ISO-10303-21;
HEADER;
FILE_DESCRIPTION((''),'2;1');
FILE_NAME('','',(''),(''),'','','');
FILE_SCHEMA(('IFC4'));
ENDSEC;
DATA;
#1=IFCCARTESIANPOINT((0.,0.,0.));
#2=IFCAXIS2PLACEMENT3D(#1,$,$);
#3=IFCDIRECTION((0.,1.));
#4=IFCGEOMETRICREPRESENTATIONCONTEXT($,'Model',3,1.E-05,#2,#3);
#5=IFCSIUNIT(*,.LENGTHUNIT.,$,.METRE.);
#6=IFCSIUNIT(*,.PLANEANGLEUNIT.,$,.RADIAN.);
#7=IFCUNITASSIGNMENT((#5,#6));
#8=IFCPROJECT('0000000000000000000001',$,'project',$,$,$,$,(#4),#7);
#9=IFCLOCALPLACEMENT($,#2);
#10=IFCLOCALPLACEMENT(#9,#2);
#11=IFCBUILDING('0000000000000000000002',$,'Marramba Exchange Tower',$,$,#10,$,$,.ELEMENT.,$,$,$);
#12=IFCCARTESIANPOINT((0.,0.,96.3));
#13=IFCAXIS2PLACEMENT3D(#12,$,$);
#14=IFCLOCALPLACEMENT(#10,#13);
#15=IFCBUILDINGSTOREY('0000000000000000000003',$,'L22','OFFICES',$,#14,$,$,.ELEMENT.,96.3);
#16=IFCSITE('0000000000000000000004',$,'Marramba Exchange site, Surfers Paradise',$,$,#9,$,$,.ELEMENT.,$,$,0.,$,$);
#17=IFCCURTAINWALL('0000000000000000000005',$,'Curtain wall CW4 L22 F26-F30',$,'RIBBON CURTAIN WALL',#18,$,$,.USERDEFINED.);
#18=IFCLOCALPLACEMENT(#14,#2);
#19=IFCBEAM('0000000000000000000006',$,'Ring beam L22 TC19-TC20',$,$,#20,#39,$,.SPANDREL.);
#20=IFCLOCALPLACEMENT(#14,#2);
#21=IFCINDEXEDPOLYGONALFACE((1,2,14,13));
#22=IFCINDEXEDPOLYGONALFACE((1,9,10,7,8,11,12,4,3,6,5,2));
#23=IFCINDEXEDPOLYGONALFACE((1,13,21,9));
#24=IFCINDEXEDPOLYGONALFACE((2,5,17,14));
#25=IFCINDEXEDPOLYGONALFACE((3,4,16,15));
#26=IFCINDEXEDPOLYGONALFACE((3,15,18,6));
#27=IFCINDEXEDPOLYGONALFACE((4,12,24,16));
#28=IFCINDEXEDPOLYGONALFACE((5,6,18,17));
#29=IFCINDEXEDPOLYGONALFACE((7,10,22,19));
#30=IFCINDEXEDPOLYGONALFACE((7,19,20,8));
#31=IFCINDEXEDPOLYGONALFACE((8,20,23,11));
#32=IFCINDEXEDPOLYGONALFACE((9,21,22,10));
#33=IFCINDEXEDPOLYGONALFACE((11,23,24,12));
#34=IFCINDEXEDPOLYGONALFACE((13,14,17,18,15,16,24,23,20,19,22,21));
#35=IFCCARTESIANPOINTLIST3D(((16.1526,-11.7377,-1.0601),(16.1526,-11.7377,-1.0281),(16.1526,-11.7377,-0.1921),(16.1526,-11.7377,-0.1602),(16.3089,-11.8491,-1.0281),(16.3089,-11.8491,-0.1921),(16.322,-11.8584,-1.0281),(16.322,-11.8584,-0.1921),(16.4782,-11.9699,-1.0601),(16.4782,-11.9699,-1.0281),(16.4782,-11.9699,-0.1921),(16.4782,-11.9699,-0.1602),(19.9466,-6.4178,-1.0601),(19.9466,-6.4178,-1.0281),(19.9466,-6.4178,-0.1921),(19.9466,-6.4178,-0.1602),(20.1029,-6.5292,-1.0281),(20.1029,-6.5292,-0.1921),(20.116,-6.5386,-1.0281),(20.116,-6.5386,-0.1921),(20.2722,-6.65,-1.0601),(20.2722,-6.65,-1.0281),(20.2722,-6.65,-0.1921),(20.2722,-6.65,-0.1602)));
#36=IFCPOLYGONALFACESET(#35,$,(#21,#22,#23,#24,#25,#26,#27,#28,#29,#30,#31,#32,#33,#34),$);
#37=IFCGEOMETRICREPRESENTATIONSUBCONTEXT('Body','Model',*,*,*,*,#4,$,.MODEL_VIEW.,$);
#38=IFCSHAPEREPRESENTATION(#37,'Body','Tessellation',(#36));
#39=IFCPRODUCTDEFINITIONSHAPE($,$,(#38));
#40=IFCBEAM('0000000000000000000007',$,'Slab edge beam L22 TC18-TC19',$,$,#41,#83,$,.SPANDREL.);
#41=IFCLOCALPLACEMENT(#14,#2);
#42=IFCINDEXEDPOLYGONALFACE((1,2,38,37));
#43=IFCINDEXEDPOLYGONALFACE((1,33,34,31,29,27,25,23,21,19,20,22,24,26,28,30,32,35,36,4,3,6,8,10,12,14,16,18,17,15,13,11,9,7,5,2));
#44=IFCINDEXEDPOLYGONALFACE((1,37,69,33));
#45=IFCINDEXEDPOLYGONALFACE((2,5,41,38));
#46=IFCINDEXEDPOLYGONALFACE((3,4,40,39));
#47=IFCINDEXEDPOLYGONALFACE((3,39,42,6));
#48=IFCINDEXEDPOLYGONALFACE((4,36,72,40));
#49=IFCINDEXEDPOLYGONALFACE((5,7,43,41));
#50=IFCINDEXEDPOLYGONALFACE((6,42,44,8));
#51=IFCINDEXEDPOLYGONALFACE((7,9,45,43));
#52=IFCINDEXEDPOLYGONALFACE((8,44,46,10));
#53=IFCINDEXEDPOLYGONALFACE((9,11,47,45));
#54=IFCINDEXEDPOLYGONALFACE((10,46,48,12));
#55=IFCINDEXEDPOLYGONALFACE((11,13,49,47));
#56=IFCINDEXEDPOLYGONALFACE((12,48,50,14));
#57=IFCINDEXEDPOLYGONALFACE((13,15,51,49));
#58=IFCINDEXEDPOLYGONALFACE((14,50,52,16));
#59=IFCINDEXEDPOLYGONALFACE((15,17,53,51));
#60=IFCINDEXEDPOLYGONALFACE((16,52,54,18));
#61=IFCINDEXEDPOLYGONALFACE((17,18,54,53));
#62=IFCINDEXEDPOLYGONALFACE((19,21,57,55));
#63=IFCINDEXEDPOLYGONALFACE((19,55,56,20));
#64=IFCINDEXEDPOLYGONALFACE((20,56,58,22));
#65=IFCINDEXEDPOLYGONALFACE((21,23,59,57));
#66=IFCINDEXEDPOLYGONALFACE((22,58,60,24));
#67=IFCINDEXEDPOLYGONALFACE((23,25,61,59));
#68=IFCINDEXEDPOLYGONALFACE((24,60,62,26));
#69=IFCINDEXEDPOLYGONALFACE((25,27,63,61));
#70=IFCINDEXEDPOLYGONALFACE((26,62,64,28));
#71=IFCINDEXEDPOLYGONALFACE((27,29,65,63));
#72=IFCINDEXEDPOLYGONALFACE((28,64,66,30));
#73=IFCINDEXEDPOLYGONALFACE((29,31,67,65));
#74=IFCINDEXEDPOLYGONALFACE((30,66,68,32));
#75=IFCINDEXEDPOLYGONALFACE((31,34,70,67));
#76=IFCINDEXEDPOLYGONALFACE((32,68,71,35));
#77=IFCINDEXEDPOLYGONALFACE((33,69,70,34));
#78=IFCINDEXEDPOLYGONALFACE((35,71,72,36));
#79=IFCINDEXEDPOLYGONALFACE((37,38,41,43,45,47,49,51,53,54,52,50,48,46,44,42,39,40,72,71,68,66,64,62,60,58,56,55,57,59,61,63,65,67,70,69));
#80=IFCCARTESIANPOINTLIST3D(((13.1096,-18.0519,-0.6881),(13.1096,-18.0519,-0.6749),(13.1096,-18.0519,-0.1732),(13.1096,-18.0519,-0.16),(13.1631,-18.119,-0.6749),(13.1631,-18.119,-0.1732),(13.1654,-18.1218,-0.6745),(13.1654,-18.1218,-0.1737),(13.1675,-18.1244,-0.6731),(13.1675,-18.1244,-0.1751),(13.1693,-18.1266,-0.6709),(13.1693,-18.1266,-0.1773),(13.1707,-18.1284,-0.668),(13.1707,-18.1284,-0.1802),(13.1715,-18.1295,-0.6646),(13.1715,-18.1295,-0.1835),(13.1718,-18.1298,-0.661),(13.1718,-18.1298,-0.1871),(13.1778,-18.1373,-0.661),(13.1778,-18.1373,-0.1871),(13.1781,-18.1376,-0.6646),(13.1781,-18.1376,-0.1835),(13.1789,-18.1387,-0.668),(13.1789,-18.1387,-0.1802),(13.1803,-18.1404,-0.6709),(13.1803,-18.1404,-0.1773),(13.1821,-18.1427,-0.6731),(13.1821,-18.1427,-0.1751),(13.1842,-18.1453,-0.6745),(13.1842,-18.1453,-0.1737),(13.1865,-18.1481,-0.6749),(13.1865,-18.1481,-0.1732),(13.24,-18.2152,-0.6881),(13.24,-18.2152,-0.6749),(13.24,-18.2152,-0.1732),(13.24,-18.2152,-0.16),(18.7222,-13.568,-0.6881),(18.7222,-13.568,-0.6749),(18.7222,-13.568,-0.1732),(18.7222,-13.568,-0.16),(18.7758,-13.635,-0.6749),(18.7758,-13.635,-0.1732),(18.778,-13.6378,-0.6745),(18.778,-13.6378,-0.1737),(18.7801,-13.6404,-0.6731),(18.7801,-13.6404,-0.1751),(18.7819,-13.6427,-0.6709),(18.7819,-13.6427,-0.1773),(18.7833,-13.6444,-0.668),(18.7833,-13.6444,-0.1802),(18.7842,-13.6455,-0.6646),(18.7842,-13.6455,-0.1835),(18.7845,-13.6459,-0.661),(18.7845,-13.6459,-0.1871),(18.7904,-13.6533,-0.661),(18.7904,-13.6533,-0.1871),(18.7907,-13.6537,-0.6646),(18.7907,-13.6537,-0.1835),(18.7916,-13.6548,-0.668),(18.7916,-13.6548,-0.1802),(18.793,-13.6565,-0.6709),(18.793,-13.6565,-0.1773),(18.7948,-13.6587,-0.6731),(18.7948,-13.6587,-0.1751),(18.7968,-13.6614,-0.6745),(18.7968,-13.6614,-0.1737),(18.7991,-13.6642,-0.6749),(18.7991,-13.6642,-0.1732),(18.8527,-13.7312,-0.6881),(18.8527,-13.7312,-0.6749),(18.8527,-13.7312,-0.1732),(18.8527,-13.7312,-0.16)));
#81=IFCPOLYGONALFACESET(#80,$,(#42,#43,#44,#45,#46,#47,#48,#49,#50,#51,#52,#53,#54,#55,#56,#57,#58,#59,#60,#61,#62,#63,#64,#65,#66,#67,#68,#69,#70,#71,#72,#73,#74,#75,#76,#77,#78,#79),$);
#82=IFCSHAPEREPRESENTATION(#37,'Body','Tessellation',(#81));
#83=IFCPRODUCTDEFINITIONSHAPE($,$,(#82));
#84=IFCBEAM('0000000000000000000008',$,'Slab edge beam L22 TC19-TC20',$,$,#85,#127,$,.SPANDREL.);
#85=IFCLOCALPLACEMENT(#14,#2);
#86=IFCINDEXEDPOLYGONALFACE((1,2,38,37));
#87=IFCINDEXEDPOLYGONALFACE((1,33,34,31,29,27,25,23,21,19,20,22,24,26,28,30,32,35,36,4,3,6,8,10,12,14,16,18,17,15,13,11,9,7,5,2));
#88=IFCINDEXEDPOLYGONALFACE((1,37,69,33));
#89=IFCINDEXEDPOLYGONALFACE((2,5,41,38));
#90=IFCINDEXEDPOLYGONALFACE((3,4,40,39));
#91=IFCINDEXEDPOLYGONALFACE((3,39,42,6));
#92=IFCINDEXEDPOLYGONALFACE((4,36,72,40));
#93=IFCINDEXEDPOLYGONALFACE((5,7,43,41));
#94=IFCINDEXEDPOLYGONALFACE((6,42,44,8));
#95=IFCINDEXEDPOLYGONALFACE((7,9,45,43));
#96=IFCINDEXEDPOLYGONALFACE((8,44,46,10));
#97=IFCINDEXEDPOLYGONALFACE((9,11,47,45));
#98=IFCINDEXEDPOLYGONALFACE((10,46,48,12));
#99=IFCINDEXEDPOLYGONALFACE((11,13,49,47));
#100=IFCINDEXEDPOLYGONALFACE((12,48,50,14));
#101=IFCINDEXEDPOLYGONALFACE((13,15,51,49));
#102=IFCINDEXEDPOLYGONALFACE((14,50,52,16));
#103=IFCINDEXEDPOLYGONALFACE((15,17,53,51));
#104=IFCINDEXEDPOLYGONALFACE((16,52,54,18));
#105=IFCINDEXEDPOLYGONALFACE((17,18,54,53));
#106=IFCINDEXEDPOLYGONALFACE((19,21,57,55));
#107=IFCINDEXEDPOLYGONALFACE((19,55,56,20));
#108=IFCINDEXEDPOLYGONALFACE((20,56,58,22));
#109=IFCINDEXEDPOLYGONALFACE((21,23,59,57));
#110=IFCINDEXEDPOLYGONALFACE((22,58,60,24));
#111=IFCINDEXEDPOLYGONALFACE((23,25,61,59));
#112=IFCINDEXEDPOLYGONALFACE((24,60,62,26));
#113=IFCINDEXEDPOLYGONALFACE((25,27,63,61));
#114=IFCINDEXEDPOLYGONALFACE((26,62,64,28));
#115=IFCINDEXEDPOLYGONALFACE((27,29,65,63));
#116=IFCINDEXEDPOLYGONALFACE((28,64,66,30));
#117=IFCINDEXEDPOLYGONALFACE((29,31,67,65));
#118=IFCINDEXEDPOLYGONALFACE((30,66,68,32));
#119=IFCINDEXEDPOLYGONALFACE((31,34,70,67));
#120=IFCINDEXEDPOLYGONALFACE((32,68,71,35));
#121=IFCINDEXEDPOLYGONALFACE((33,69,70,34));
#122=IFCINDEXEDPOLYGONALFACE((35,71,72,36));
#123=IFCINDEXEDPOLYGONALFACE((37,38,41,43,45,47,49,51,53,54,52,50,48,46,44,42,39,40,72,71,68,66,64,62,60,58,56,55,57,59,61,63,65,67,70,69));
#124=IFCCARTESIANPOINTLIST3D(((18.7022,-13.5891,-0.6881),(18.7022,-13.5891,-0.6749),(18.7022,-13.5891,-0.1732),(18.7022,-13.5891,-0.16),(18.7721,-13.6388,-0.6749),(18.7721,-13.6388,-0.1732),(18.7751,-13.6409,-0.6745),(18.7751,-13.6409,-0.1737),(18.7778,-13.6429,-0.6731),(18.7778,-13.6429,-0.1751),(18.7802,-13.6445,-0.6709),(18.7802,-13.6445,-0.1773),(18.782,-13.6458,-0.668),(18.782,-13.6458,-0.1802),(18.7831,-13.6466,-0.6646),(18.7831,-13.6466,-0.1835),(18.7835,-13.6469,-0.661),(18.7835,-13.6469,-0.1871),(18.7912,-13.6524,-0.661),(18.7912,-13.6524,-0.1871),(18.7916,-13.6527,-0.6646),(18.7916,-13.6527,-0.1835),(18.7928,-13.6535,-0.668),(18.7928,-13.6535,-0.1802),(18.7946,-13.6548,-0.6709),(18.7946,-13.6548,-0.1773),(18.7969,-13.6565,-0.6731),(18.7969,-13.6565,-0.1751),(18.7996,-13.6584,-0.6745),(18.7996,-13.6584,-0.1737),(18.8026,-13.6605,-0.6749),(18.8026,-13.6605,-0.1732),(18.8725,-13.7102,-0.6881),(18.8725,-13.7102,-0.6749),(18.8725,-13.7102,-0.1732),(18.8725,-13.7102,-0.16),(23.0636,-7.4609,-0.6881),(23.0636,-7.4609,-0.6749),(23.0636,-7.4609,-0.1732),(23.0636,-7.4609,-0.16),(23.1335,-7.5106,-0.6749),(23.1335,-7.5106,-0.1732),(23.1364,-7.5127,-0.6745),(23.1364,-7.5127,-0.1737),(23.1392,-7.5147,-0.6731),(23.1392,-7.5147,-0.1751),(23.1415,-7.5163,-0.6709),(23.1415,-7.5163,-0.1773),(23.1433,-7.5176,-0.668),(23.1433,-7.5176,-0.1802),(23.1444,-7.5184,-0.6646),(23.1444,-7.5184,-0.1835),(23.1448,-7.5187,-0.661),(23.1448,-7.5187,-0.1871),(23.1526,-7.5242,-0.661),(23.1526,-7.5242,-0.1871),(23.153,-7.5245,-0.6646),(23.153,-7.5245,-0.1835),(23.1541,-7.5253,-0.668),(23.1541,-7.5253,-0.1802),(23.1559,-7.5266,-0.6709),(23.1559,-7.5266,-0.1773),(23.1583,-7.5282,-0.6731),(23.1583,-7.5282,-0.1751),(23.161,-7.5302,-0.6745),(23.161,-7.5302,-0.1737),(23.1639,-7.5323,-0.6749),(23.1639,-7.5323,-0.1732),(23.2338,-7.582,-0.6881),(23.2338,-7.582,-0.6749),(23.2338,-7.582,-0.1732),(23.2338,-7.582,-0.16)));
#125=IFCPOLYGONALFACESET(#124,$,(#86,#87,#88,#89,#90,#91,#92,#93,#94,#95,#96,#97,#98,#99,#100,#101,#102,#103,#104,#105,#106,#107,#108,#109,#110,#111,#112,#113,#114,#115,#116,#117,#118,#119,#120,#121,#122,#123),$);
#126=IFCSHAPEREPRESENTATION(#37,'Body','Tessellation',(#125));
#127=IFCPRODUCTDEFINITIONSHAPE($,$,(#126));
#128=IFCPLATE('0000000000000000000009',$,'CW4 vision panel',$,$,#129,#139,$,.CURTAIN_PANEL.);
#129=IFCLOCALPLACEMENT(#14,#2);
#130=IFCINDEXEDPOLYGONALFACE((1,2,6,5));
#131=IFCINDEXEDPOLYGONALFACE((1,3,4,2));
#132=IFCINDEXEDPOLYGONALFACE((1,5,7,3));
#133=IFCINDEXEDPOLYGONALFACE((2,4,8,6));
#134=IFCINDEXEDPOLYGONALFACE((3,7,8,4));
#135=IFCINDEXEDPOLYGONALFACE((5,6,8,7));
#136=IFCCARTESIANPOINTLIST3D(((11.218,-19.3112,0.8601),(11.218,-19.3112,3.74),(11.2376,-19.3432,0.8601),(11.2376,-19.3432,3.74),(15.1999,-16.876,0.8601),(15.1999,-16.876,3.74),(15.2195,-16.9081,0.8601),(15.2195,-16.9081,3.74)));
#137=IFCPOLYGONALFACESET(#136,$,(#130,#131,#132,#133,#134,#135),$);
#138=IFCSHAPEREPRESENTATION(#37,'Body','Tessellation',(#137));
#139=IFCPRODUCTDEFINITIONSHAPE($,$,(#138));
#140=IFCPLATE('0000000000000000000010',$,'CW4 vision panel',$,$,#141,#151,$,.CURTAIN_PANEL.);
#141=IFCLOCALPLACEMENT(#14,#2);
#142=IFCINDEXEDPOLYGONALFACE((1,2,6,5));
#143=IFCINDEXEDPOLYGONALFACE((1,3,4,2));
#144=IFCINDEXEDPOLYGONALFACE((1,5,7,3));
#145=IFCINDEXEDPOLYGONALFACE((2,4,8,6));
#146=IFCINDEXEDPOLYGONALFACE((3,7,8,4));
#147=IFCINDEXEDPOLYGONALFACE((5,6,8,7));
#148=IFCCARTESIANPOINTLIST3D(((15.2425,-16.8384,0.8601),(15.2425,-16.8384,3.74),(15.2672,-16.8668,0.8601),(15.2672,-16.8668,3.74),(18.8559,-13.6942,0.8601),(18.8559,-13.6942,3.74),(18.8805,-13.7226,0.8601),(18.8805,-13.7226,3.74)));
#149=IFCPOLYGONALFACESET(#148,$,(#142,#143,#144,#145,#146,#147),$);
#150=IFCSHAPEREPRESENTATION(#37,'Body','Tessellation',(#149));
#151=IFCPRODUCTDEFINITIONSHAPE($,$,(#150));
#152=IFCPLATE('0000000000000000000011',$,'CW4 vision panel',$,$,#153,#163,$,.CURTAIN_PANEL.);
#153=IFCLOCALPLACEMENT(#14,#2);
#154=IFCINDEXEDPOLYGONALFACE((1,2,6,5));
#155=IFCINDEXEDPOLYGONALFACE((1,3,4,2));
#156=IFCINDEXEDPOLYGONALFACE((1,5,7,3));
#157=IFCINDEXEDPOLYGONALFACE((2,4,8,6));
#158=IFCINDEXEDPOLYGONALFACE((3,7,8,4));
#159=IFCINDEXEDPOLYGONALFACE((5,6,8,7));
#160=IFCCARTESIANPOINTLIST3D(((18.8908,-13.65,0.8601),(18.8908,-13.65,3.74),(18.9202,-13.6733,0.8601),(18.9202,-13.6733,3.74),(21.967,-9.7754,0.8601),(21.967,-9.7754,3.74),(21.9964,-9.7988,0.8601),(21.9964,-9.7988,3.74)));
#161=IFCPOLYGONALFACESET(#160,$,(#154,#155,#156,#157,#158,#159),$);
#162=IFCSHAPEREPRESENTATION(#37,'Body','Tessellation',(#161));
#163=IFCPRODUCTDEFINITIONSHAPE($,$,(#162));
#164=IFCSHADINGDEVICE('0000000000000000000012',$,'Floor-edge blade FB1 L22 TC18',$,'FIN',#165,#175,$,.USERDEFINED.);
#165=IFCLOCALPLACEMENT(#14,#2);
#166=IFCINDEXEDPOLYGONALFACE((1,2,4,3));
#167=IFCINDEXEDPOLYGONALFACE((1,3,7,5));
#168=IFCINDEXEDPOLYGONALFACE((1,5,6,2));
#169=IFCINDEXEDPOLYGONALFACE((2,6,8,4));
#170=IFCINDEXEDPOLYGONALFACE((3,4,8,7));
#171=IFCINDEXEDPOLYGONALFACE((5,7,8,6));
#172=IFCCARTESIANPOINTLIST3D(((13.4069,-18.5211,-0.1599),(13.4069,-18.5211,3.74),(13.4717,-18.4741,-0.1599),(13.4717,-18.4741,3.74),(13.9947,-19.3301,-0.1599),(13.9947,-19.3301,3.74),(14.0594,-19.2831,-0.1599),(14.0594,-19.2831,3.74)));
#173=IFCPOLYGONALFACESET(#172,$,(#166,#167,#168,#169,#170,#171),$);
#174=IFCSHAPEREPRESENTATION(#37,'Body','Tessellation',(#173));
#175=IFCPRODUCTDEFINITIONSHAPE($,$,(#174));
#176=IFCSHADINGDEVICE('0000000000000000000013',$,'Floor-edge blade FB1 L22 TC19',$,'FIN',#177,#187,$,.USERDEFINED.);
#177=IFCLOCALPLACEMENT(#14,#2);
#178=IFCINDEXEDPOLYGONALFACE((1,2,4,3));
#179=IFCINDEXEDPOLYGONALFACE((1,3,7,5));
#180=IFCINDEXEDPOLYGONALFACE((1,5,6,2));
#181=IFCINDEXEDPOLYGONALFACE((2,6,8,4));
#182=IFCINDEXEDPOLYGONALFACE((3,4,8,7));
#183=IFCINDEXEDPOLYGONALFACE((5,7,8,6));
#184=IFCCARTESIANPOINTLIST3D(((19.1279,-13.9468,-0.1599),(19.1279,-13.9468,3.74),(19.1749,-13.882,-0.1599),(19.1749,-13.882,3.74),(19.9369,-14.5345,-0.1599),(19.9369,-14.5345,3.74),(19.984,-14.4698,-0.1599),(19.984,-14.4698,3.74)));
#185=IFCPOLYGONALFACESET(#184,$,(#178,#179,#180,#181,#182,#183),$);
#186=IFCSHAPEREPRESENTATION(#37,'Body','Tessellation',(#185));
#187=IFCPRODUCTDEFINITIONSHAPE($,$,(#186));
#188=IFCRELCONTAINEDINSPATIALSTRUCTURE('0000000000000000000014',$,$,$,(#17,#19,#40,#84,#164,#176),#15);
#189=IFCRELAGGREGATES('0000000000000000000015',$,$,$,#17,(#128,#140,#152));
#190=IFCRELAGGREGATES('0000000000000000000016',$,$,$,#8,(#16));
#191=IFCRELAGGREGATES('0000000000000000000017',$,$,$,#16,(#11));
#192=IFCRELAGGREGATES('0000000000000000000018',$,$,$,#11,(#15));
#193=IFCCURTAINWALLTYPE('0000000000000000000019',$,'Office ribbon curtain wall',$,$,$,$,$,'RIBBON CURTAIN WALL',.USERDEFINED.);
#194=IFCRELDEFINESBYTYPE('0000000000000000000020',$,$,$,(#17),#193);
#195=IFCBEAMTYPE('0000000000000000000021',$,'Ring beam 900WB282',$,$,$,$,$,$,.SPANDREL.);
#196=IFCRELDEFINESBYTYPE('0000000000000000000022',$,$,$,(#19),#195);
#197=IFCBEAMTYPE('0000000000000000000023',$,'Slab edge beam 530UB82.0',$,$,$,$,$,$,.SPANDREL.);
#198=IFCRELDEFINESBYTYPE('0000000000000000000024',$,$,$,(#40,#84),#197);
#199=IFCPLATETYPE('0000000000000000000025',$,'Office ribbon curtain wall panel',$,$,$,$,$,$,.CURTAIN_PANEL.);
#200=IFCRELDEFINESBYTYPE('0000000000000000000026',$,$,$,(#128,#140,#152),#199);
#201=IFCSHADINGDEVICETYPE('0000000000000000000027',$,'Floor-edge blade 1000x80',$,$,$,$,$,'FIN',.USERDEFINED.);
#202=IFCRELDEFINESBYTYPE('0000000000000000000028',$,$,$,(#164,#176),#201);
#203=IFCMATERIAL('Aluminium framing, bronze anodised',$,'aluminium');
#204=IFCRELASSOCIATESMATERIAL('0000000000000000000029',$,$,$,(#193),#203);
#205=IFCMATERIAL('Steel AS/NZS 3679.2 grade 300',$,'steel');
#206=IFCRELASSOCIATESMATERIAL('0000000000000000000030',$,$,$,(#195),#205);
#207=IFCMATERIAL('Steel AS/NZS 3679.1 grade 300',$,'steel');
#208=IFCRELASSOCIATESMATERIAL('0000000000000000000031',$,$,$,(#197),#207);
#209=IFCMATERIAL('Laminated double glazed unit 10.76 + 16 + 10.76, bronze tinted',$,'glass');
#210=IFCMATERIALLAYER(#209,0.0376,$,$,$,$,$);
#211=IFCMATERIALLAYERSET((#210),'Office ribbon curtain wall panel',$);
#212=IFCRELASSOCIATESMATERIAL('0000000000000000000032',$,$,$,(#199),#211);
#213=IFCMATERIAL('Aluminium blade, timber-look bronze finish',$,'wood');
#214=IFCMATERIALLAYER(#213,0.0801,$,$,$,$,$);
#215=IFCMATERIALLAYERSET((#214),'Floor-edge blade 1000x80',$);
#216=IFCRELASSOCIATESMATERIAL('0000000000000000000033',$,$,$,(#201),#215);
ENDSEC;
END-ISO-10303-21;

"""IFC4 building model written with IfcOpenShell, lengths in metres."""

from ifc_helpers import new_model, si_unit, direction, frame, origin, origin_2d, place, context, subcontext, project, spatial, rectangle, i_section, extrude, material, layer, layer_set, material_profile, profile_set, type_object, element, aggregate, save


model = new_model("IFC4")

# Units and contexts
model_context = context("Model", 3, precision=1e-05, world=origin(), true_north=direction((0.0, 1.0)))
body_context = subcontext(model_context, "Body", "Model", "MODEL_VIEW")
ifc_project = project(units=[si_unit("LENGTHUNIT", "METRE"), si_unit("PLANEANGLEUNIT", "RADIAN")], contexts=[model_context])

# Site, building, storey
site_placement = place(None, origin())
site = spatial("IfcSite", under=ifc_project, at=site_placement, Name="Marramba Exchange site, Surfers Paradise", CompositionType="ELEMENT", RefElevation=0.0)
building_placement = place(site_placement, origin())
building = spatial("IfcBuilding", under=site, at=building_placement, Name="Marramba Exchange Tower", CompositionType="ELEMENT")
storey_placement = place(building_placement, frame((0.0, 0.0, 96.3)))
storey = spatial("IfcBuildingStorey", under=building, at=storey_placement, Name="L22", Description="OFFICES", CompositionType="ELEMENT", Elevation=96.3)

# Shared definitions
ifc_material_1 = material(Name="Steel AS/NZS 3679.2 grade 300", Category="steel")

# Curtain wall
ifc_material_2 = material(Name="Aluminium framing, bronze anodised", Category="aluminium")
curtain_wall_type = type_object("IfcCurtainWallType", Name="Office ribbon curtain wall", ElementType="RIBBON CURTAIN WALL", PredefinedType="USERDEFINED", material=ifc_material_2)
curtain_wall_placement = place(storey_placement, origin())
curtain_wall = element("IfcCurtainWall", 1, at=curtain_wall_placement, inside=storey, type_object=curtain_wall_type, Name="Curtain wall CW4 L22 F26-F30", ObjectType="RIBBON CURTAIN WALL", PredefinedType="USERDEFINED")

# Beams
ifc_material_profile_1 = material_profile(ifc_material_1, i_section(OverallWidth=0.3999, OverallDepth=0.8999, WebThickness=0.0161, FlangeThickness=0.032, at=origin_2d()), Name="900WB282")
ifc_profile_set_1 = profile_set([ifc_material_profile_1], Name="Steel AS/NZS 3679.2 grade 300")
beam_type_1 = type_object("IfcBeamType", Name="Ring beam 900WB282", PredefinedType="SPANDREL", material=ifc_profile_set_1)
beam_1_placement = place(storey_placement, frame((16.3154, -11.8538, -0.6101), z_axis=(0.580637, 0.814162, 0.0), x_axis=(-0.814162, 0.580637, 0.0)))
element("IfcBeam", 2, at=beam_1_placement, inside=storey, type_object=beam_type_1, Name="Ring beam L22 TC19-TC20", PredefinedType="SPANDREL", context=body_context, shape_type="SweptSolid", body=[
    extrude(i_section(OverallWidth=0.3999, OverallDepth=0.8999, WebThickness=0.0161, FlangeThickness=0.032, at=origin_2d()), origin(), (0.0, 0.0, 1.0), 6.5342),
])
ifc_material_3 = material(Name="Steel AS/NZS 3679.1 grade 300", Category="steel")
ifc_material_profile_2 = material_profile(ifc_material_3, i_section(OverallWidth=0.209, OverallDepth=0.5281, WebThickness=0.0095, FlangeThickness=0.0132, FilletRadius=0.0139, at=origin_2d()), Name="530UB82.0")
ifc_profile_set_2 = profile_set([ifc_material_profile_2], Name="Steel AS/NZS 3679.1 grade 300")
beam_type_2 = type_object("IfcBeamType", Name="Slab edge beam 530UB82.0", PredefinedType="SPANDREL", material=ifc_profile_set_2)
beam_2_placement = place(storey_placement, frame((13.1748, -18.1335, -0.4241), z_axis=(0.781286, 0.624173, 0.0), x_axis=(-0.624173, 0.781286, 0.0)))
element("IfcBeam", 3, at=beam_2_placement, inside=storey, type_object=beam_type_2, Name="Slab edge beam L22 TC18-TC19", PredefinedType="SPANDREL", context=body_context, shape_type="SweptSolid", body=[
    extrude(i_section(OverallWidth=0.209, OverallDepth=0.5281, WebThickness=0.0095, FlangeThickness=0.0132, FilletRadius=0.0139, at=origin_2d()), origin(), (0.0, 0.0, 1.0), 7.1838),
])
beam_3_placement = place(storey_placement, frame((18.7874, -13.6497, -0.4241), z_axis=(0.579834, 0.814735, 0.0), x_axis=(-0.814735, 0.579834, 0.0)))
element("IfcBeam", 4, at=beam_3_placement, inside=storey, type_object=beam_type_2, Name="Slab edge beam L22 TC19-TC20", PredefinedType="SPANDREL", context=body_context, shape_type="SweptSolid", body=[
    extrude(i_section(OverallWidth=0.209, OverallDepth=0.5281, WebThickness=0.0095, FlangeThickness=0.0132, FilletRadius=0.0139, at=origin_2d()), origin(), (0.0, 0.0, 1.0), 7.5217),
])

# Plates
ifc_material_4 = material(Name="Laminated double glazed unit 10.76 + 16 + 10.76, bronze tinted", Category="glass")
ifc_layer_1 = layer(ifc_material_4, 0.0376)
ifc_layer_set_1 = layer_set([ifc_layer_1], Name="Office ribbon curtain wall panel")
plate_type = type_object("IfcPlateType", Name="Office ribbon curtain wall panel", PredefinedType="CURTAIN_PANEL", material=ifc_layer_set_1)
plate_1_placement = place(storey_placement, frame((13.2188, -18.1096, 0.8601), z_axis=(0.0, 0.0, 1.0), x_axis=(0.853109, 0.521733, 0.0)))
plate_1 = element("IfcPlate", 5, at=plate_1_placement, type_object=plate_type, Name="CW4 vision panel", PredefinedType="CURTAIN_PANEL", context=body_context, shape_type="SweptSolid", body=[
    extrude(rectangle(XDim=4.6675, YDim=0.0376, at=origin_2d()), origin(), (0.0, 0.0, 1.0), 2.8799),
])
plate_2_placement = place(storey_placement, frame((17.0615, -15.2805, 0.8601), z_axis=(0.0, 0.0, 1.0), x_axis=(0.754386, 0.656432, 0.0)))
plate_2 = element("IfcPlate", 6, at=plate_2_placement, type_object=plate_type, Name="CW4 vision panel", PredefinedType="CURTAIN_PANEL", context=body_context, shape_type="SweptSolid", body=[
    extrude(rectangle(XDim=4.7898, YDim=0.0376, at=origin_2d()), origin(), (0.0, 0.0, 1.0), 2.8799),
])
plate_3_placement = place(storey_placement, frame((20.4436, -11.7244, 0.8601), z_axis=(0.0, 0.0, 1.0), x_axis=(0.621807, 0.78317, 0.0)))
plate_3 = element("IfcPlate", 7, at=plate_3_placement, type_object=plate_type, Name="CW4 vision panel", PredefinedType="CURTAIN_PANEL", context=body_context, shape_type="SweptSolid", body=[
    extrude(rectangle(XDim=4.9473, YDim=0.0376, at=origin_2d()), origin(), (0.0, 0.0, 1.0), 2.8799),
])
aggregate(curtain_wall, [plate_1, plate_2, plate_3])

# Shading devices
ifc_material_5 = material(Name="Aluminium blade, timber-look bronze finish", Category="wood")
ifc_layer_2 = layer(ifc_material_5, 0.0801)
ifc_layer_set_2 = layer_set([ifc_layer_2], Name="Floor-edge blade 1000x80")
shading_device_type_1 = type_object("IfcShadingDeviceType", Name="Floor-edge blade 1000x80", ElementType="FIN", PredefinedType="USERDEFINED", material=ifc_layer_set_2)
for number, where, z_axis, x_axis, name in (
    (8, (13.7332, -18.9021, -0.1599), (0.0, 0.0, 1.0), (0.587785, -0.809017, 0.0), "Floor-edge blade FB1 L22 TC18"),
    (9, (19.5559, -14.2083, -0.1599), (0.0, 0.0, 1.0), (0.809017, -0.587785, 0.0), "Floor-edge blade FB1 L22 TC19"),
):
    element("IfcShadingDevice", number, at=place(storey_placement, frame(where, z_axis=z_axis, x_axis=x_axis)), inside=storey, type_object=shading_device_type_1, Name=name, ObjectType="FIN", PredefinedType="USERDEFINED", context=body_context, shape_type="SweptSolid", body=[
        extrude(rectangle(XDim=1.0, YDim=0.0801, at=origin_2d()), origin(), (0.0, 0.0, 1.0), 3.8999),
    ])

save(model, "model.ifc")
